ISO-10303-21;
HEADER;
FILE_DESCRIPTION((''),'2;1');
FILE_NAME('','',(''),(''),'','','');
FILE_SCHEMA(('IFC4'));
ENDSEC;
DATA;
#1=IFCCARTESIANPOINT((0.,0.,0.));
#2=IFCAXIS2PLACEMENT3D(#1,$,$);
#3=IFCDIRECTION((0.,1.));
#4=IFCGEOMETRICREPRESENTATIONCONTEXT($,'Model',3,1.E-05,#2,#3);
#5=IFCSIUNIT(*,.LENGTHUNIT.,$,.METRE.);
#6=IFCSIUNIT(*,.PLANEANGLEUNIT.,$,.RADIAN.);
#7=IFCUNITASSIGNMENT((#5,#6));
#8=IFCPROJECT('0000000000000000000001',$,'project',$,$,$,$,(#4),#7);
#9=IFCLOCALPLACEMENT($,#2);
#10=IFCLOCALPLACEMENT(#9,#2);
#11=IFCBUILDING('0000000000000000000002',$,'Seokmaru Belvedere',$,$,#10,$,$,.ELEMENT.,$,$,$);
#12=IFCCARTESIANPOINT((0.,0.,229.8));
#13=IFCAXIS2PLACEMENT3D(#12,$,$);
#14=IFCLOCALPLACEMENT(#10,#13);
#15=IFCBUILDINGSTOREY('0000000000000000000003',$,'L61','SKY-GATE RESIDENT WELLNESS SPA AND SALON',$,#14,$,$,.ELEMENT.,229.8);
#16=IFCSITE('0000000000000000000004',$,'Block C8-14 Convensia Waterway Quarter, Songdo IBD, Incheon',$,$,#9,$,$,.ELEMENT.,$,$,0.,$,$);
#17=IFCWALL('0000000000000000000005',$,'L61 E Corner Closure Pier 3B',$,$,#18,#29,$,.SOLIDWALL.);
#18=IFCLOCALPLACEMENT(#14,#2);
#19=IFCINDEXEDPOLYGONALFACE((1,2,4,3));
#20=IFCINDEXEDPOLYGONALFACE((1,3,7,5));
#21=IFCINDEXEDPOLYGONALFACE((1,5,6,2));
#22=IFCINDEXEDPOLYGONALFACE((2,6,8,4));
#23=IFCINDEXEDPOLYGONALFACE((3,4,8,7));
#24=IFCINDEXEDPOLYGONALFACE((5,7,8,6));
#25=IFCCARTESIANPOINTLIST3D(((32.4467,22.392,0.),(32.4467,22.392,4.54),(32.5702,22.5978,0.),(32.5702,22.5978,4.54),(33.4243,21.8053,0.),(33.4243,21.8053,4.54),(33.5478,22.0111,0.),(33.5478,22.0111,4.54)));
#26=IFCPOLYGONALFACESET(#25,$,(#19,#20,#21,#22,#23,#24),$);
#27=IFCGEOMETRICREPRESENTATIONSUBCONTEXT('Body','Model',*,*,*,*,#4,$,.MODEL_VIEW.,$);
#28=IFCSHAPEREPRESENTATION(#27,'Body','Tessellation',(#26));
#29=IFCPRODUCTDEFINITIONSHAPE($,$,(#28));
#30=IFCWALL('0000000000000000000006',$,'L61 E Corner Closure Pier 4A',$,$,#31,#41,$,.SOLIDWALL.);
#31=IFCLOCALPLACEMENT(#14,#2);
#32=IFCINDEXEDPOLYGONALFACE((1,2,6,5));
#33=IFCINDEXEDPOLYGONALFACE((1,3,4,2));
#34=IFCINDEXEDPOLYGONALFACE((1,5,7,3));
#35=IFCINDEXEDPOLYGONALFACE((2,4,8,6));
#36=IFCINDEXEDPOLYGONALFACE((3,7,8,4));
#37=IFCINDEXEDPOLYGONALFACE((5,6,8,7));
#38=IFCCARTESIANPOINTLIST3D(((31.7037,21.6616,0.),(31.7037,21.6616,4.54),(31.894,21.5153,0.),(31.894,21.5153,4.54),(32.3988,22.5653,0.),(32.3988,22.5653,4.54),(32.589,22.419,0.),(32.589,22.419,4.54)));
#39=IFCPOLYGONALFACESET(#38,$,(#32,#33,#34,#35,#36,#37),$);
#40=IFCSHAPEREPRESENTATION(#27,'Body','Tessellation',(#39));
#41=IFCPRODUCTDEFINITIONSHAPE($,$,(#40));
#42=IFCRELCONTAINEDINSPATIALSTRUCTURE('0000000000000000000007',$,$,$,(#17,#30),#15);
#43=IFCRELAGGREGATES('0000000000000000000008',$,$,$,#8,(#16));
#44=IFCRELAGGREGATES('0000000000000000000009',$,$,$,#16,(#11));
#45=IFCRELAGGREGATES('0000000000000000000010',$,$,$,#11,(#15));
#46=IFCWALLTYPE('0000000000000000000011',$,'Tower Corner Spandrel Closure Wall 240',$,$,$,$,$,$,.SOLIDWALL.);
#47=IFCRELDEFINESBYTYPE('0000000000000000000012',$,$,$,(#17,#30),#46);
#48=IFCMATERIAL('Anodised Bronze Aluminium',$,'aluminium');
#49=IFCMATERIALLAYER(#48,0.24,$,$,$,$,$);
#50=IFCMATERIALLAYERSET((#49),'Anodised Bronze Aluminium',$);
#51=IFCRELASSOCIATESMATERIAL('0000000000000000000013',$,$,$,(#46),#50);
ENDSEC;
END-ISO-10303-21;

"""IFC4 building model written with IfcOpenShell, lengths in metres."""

from ifc_helpers import new_model, si_unit, direction, frame, frame_2d, origin, place, context, subcontext, project, spatial, rectangle, extrude, material, layer, layer_set, type_object, element, save


model = new_model("IFC4")

# Units and contexts
model_context = context("Model", 3, precision=1e-05, world=origin(), true_north=direction((0.0, 1.0)))
body_context = subcontext(model_context, "Body", "Model", "MODEL_VIEW")
ifc_project = project(units=[si_unit("LENGTHUNIT", "METRE"), si_unit("PLANEANGLEUNIT", "RADIAN")], contexts=[model_context])

# Site, building, storey
site_placement = place(None, origin())
site = spatial("IfcSite", under=ifc_project, at=site_placement, Name="Block C8-14 Convensia Waterway Quarter, Songdo IBD, Incheon", CompositionType="ELEMENT", RefElevation=0.0)
building_placement = place(site_placement, origin())
building = spatial("IfcBuilding", under=site, at=building_placement, Name="Seokmaru Belvedere", CompositionType="ELEMENT")
storey_placement = place(building_placement, frame((0.0, 0.0, 229.8)))
storey = spatial("IfcBuildingStorey", under=building, at=storey_placement, Name="L61", Description="SKY-GATE RESIDENT WELLNESS SPA AND SALON", CompositionType="ELEMENT", Elevation=229.8)

# Shared definitions
ifc_material_1 = material(Name="Anodised Bronze Aluminium", Category="aluminium")

# Walls
ifc_layer_1 = layer(ifc_material_1, 0.24)
ifc_layer_set_1 = layer_set([ifc_layer_1], Name="Anodised Bronze Aluminium")
wall_type = type_object("IfcWallType", Name="Tower Corner Spandrel Closure Wall 240", PredefinedType="SOLIDWALL", material=ifc_layer_set_1)
for number, where, z_axis, x_axis, name in (
    (1, (33.4861, 21.9082, 0.0), (0.0, 0.0, 1.0), (-0.857436, 0.51459, 0.0), "L61 E Corner Closure Pier 3B"),
    (2, (32.4939, 22.4922, 0.0), (0.0, 0.0, 1.0), (-0.609618, -0.792696, 0.0), "L61 E Corner Closure Pier 4A"),
):
    element("IfcWall", number, at=place(storey_placement, frame(where, z_axis=z_axis, x_axis=x_axis)), inside=storey, type_object=wall_type, Name=name, PredefinedType="SOLIDWALL", context=body_context, shape_type="SweptSolid", body=[
        extrude(rectangle(XDim=1.1401, YDim=0.24, at=frame_2d((0.5701, 0.0))), origin(), (0.0, 0.0, 1.0), 4.54),
    ])

save(model, "model.ifc")
